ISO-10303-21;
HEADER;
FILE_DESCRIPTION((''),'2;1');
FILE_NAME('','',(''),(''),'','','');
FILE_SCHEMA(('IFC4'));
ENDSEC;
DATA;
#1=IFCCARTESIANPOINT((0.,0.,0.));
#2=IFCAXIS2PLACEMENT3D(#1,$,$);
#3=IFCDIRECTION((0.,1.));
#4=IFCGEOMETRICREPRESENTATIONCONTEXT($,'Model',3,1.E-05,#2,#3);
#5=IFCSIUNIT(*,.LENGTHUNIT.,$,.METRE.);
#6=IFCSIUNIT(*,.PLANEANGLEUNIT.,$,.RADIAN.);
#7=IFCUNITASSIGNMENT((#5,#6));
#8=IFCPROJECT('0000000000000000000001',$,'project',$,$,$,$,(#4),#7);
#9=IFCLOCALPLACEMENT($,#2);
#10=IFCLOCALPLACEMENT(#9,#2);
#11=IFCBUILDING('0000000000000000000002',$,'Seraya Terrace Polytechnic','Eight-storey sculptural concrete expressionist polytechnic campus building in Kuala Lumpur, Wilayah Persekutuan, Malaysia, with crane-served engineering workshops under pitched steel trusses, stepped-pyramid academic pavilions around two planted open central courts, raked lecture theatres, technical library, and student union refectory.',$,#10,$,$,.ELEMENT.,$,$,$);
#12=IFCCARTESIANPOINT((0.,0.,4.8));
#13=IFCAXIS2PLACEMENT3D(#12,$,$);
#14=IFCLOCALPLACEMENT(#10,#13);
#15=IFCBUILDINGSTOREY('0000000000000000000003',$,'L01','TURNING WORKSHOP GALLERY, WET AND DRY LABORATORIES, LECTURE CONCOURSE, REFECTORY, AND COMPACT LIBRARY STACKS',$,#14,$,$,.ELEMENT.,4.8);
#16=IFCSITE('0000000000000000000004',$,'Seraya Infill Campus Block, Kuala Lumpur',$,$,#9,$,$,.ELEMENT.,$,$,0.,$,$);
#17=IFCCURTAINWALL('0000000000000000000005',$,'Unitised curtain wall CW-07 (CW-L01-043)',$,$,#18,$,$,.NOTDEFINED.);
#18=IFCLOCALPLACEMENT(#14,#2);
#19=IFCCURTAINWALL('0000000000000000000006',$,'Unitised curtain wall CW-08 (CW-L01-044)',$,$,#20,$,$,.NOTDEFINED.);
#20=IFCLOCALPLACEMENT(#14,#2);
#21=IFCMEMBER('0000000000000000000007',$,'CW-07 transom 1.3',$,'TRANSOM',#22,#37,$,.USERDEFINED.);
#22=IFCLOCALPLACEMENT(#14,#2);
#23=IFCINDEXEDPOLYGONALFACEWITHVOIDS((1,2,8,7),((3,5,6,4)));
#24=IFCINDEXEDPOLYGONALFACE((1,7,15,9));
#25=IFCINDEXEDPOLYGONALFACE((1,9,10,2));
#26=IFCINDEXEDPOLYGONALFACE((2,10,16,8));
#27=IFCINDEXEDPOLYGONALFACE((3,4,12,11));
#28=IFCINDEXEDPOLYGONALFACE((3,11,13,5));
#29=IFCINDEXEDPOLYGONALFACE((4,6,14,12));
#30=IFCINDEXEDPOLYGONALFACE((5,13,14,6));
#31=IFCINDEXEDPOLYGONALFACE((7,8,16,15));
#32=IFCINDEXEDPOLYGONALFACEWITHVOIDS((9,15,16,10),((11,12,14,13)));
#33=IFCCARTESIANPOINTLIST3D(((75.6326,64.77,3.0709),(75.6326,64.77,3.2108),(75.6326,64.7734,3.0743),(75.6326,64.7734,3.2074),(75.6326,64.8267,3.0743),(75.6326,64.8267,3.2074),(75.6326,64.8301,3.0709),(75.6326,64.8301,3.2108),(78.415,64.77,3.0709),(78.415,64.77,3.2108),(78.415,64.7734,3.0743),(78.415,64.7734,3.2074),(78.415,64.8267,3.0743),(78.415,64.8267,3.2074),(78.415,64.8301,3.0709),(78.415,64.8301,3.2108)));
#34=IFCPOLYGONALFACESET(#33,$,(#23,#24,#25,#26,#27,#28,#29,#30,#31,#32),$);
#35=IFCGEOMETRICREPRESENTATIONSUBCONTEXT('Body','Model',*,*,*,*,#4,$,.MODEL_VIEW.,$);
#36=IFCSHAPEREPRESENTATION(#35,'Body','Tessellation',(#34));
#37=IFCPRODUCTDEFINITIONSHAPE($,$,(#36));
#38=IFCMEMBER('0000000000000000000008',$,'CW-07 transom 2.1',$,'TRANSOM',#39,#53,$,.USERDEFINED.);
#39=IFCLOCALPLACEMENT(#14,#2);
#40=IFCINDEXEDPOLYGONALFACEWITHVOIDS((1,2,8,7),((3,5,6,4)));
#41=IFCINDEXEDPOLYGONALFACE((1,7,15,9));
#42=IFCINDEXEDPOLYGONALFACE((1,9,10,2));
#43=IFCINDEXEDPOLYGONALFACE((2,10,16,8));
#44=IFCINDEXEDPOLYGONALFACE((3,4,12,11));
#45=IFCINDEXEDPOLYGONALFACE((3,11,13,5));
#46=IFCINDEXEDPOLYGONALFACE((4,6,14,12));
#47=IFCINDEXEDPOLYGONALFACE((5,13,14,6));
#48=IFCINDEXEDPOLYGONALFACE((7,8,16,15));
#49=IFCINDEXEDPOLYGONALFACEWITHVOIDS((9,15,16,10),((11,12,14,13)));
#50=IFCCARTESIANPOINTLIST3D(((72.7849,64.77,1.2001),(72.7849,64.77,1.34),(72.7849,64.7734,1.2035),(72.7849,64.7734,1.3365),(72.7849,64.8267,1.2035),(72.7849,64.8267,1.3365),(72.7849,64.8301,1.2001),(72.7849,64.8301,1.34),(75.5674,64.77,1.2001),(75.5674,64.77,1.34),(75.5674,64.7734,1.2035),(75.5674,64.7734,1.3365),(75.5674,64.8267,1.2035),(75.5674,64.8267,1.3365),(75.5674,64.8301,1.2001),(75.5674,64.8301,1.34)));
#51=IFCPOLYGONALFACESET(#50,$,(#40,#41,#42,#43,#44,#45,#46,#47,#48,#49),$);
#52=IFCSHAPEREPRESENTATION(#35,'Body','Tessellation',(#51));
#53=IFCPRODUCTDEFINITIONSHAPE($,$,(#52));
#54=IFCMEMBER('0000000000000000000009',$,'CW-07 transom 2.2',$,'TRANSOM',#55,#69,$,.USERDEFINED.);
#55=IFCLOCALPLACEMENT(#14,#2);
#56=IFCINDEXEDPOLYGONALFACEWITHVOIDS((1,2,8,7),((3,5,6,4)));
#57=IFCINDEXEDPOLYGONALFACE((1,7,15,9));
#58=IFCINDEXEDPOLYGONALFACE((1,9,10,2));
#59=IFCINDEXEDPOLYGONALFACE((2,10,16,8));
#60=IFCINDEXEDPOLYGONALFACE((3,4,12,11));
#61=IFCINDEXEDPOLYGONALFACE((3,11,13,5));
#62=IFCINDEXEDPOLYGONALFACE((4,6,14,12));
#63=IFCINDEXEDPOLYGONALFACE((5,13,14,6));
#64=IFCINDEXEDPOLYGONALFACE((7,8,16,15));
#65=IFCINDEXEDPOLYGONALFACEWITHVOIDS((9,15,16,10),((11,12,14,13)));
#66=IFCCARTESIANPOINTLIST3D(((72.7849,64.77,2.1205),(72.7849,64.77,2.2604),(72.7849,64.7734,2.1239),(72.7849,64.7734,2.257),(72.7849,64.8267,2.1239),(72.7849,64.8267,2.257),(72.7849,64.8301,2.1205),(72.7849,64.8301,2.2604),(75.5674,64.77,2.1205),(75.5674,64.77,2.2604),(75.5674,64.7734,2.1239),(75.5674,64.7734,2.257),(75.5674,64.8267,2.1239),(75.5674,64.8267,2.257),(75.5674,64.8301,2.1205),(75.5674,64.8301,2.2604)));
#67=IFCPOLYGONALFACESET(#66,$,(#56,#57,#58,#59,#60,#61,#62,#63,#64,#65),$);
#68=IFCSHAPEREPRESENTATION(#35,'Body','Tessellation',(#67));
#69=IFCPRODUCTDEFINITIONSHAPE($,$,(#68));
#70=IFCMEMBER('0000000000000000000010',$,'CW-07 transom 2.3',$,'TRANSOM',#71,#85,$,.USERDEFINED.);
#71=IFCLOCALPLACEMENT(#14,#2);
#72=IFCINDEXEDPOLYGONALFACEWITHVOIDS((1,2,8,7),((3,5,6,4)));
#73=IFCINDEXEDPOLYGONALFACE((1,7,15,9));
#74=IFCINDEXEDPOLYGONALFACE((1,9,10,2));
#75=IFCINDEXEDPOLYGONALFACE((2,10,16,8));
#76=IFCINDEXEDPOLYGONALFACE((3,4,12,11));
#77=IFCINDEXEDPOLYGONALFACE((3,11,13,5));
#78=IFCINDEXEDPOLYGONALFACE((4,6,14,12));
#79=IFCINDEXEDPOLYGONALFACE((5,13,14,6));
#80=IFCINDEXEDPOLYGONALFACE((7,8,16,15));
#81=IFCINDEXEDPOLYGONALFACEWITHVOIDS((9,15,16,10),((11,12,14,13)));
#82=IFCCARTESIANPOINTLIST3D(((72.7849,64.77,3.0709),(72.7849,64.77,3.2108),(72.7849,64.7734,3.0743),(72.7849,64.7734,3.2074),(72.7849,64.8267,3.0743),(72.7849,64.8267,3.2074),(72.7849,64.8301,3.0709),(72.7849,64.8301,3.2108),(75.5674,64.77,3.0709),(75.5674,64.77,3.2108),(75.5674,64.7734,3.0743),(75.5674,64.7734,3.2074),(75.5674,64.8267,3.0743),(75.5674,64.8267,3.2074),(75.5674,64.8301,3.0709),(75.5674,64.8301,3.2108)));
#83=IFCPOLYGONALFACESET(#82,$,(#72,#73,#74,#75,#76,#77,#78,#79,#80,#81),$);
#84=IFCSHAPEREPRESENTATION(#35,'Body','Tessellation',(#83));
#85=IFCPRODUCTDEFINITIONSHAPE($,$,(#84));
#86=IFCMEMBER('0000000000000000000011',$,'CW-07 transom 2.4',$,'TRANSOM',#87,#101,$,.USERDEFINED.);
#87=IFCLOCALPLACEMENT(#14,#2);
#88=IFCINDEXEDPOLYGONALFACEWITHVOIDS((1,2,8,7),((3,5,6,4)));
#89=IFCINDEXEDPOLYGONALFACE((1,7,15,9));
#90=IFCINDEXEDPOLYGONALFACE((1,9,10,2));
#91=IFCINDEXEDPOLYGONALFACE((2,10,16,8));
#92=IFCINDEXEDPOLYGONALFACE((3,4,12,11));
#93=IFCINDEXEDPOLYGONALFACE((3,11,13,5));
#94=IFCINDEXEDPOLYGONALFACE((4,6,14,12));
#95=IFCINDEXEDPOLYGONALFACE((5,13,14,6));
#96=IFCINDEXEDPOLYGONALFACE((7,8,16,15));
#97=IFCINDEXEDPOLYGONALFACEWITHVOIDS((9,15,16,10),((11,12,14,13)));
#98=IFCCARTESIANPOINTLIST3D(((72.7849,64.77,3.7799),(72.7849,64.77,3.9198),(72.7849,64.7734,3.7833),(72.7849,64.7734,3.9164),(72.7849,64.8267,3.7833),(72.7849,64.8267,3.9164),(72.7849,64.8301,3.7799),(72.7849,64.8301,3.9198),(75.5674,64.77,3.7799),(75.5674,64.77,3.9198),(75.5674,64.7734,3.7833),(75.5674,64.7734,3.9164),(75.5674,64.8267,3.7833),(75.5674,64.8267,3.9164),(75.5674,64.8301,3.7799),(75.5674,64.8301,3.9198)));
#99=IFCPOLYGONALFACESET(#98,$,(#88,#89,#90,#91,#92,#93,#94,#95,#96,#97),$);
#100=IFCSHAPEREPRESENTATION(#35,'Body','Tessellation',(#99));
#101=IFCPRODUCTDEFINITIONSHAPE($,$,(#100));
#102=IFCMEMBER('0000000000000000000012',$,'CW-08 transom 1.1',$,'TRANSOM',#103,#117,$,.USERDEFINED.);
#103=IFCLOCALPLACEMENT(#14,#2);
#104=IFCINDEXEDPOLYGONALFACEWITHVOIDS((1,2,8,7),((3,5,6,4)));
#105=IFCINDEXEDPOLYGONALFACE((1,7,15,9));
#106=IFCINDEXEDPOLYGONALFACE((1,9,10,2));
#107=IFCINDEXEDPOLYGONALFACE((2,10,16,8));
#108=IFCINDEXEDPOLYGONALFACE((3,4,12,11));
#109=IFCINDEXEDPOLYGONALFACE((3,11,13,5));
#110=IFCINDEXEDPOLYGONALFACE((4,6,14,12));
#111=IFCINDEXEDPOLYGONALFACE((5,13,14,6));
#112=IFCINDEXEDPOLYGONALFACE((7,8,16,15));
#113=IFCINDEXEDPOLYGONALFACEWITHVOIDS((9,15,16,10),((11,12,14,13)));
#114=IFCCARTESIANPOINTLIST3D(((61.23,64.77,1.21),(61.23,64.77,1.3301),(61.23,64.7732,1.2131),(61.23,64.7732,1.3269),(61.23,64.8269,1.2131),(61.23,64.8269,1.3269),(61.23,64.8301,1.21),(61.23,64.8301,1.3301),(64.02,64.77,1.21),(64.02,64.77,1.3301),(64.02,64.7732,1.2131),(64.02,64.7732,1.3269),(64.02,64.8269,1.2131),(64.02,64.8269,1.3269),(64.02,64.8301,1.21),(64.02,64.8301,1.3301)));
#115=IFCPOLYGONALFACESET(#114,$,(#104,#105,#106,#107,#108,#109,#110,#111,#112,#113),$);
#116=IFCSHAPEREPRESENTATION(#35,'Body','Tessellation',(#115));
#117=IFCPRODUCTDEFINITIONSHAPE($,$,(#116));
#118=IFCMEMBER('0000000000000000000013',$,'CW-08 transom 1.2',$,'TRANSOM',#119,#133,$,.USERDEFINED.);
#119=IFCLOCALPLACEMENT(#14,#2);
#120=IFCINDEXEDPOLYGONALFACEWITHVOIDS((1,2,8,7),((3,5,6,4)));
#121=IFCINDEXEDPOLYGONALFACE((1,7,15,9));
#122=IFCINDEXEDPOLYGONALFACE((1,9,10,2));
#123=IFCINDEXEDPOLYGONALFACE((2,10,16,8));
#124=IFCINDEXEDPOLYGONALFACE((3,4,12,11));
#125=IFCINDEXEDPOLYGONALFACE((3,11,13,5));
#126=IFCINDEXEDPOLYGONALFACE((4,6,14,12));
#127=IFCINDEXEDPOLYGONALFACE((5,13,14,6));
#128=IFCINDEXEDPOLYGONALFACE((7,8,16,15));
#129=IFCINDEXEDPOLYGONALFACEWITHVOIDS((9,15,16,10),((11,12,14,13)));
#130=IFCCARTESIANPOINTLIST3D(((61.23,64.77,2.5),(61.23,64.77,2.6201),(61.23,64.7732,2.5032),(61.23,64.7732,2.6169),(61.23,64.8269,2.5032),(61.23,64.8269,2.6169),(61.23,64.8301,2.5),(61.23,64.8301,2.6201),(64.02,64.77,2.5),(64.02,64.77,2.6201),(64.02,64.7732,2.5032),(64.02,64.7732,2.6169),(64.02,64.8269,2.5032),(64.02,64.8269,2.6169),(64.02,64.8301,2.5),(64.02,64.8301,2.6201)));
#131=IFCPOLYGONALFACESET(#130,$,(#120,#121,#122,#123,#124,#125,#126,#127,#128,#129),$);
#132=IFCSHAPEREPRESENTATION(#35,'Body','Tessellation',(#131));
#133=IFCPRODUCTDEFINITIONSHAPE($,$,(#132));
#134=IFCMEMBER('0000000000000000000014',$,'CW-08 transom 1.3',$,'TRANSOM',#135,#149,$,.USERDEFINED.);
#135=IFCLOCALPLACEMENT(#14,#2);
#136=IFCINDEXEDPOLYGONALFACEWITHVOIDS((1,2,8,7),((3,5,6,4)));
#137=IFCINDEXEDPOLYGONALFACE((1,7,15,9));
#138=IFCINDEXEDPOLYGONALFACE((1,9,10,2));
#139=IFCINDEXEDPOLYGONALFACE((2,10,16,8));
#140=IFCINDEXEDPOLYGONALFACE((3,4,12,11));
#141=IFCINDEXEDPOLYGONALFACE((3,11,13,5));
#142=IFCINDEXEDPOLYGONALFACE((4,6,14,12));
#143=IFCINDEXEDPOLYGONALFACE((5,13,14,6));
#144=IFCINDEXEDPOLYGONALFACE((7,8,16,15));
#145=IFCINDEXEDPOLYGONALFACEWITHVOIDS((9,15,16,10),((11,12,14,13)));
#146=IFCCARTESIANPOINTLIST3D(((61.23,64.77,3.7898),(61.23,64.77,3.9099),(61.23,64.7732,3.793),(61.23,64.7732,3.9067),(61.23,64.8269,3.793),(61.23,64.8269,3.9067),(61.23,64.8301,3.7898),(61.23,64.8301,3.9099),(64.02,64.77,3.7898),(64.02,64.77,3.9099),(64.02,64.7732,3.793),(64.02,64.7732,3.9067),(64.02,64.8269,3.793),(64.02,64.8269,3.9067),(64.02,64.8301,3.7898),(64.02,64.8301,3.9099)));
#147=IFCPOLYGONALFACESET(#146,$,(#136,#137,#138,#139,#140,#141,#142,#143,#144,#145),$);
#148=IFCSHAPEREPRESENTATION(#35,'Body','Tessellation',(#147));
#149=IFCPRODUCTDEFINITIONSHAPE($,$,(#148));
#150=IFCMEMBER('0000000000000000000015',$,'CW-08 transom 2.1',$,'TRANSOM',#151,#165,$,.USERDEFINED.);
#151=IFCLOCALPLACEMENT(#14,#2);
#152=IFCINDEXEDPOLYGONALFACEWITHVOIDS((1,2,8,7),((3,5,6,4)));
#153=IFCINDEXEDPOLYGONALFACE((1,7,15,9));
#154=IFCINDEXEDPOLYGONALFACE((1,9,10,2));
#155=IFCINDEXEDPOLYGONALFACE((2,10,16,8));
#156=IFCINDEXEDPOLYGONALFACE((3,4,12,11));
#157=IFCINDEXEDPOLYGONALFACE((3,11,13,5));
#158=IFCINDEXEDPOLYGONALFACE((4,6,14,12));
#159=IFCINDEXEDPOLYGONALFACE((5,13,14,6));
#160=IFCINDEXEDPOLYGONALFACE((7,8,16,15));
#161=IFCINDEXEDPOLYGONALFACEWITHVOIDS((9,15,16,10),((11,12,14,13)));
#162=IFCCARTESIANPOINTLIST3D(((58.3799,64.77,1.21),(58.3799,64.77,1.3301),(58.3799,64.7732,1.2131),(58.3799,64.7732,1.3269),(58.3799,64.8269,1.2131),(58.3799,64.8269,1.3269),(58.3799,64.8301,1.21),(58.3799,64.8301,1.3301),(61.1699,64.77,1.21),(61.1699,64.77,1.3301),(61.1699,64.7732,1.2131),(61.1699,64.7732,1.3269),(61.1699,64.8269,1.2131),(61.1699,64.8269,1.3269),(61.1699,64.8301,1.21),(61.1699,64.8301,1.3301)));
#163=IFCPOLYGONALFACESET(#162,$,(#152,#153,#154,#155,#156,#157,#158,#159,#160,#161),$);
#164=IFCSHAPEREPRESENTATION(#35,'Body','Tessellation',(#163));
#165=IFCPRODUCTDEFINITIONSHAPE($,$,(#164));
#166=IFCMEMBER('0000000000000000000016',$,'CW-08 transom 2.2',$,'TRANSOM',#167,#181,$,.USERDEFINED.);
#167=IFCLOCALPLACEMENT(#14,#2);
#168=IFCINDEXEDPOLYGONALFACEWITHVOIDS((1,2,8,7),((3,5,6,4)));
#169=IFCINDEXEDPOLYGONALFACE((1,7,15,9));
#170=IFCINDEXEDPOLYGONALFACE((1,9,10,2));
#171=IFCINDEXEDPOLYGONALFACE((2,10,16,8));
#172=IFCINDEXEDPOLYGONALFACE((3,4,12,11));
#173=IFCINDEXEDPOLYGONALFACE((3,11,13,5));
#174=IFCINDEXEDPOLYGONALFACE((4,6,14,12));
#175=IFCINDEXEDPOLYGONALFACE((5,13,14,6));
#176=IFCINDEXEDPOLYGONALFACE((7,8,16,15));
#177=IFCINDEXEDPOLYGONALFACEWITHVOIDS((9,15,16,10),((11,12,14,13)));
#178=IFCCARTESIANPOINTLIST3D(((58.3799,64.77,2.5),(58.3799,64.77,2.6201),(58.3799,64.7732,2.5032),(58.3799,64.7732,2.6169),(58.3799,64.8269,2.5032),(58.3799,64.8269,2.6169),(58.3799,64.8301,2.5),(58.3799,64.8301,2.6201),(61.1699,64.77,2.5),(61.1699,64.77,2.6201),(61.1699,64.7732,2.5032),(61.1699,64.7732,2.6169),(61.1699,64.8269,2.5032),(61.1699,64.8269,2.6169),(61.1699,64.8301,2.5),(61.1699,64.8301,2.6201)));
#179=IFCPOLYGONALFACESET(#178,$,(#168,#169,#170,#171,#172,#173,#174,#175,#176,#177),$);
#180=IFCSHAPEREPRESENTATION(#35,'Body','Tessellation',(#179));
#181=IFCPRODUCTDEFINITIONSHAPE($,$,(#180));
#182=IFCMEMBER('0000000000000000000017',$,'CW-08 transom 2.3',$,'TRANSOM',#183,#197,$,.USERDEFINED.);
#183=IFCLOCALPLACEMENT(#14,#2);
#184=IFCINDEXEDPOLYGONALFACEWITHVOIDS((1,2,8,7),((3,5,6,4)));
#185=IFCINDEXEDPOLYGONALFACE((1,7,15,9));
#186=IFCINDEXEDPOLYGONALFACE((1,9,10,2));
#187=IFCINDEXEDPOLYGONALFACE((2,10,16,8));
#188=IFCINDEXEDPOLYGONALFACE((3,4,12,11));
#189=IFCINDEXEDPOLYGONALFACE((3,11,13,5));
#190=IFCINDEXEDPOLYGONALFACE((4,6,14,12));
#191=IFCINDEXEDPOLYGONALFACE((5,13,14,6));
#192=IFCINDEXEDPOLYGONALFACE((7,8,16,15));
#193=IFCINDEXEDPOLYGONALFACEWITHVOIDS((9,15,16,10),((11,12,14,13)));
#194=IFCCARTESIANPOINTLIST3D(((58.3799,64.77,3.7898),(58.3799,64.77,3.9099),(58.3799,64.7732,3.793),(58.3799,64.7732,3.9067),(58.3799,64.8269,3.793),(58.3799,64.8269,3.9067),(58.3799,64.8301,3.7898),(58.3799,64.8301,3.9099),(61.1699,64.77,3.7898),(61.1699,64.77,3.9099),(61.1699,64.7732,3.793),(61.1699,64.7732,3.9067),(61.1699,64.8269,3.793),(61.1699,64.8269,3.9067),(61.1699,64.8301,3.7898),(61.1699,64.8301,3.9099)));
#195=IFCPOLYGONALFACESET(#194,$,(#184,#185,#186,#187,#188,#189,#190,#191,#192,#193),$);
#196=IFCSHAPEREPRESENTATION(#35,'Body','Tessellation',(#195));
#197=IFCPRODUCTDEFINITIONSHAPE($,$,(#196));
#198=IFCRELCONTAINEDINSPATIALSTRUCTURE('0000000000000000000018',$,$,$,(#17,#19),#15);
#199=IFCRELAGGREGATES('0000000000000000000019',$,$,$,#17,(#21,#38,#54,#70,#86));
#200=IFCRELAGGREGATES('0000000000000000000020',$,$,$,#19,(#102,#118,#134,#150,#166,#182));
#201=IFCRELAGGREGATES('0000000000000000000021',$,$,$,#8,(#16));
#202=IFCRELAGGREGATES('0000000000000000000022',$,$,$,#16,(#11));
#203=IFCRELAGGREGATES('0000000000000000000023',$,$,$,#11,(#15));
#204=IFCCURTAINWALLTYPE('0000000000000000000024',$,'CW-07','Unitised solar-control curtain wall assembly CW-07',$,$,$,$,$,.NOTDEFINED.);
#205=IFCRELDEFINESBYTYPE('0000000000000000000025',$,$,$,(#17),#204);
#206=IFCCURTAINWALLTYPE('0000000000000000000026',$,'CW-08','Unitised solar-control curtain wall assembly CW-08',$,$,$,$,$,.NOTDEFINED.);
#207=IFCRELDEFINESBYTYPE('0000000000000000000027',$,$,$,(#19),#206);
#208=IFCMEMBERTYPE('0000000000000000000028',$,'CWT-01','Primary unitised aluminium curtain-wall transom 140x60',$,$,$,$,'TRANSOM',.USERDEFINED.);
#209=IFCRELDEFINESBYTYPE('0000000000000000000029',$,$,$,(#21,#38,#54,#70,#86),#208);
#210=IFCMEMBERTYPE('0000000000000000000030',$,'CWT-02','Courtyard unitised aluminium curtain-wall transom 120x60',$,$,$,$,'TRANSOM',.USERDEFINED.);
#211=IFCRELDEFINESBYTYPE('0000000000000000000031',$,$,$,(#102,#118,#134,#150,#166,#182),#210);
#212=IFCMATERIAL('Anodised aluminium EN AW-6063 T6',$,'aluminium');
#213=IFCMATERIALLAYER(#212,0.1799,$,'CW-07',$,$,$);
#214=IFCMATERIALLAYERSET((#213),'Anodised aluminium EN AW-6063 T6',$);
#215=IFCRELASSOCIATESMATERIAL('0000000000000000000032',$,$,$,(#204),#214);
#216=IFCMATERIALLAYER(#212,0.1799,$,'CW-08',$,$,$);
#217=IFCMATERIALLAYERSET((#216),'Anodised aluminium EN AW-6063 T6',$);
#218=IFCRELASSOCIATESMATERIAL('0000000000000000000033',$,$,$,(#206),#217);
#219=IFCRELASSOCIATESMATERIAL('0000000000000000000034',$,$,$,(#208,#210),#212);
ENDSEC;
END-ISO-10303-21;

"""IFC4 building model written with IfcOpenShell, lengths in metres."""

from ifc_helpers import new_model, si_unit, direction, frame, origin, origin_2d, place, context, subcontext, project, spatial, hollow_rectangle, extrude, material, layer, layer_set, material_profile, profile_set, type_object, element, aggregate, save


model = new_model("IFC4")

# Units and contexts
model_context = context("Model", 3, precision=1e-05, world=origin(), true_north=direction((0.0, 1.0)))
body_context = subcontext(model_context, "Body", "Model", "MODEL_VIEW")
ifc_project = project(units=[si_unit("LENGTHUNIT", "METRE"), si_unit("PLANEANGLEUNIT", "RADIAN")], contexts=[model_context])

# Site, building, storey
site_placement = place(None, origin())
site = spatial("IfcSite", under=ifc_project, at=site_placement, Name="Seraya Infill Campus Block, Kuala Lumpur", CompositionType="ELEMENT", RefElevation=0.0)
building_placement = place(site_placement, origin())
building = spatial("IfcBuilding", under=site, at=building_placement, Name="Seraya Terrace Polytechnic", Description="Eight-storey sculptural concrete expressionist polytechnic campus building in Kuala Lumpur, Wilayah Persekutuan, Malaysia, with crane-served engineering workshops under pitched steel trusses, stepped-pyramid academic pavilions around two planted open central courts, raked lecture theatres, technical library, and student union refectory.", CompositionType="ELEMENT")
storey_placement = place(building_placement, frame((0.0, 0.0, 4.8)))
storey = spatial("IfcBuildingStorey", under=building, at=storey_placement, Name="L01", Description="TURNING WORKSHOP GALLERY, WET AND DRY LABORATORIES, LECTURE CONCOURSE, REFECTORY, AND COMPACT LIBRARY STACKS", CompositionType="ELEMENT", Elevation=4.8)

# Curtain walls
ifc_material_1 = material(Name="Anodised aluminium EN AW-6063 T6", Category="aluminium")
ifc_layer_1 = layer(ifc_material_1, 0.1799, Name="CW-07")
ifc_layer_set_1 = layer_set([ifc_layer_1], Name="Anodised aluminium EN AW-6063 T6")
curtain_wall_type_1 = type_object("IfcCurtainWallType", Name="CW-07", Description="Unitised solar-control curtain wall assembly CW-07", PredefinedType="NOTDEFINED", material=ifc_layer_set_1)
curtain_wall_1_placement = place(storey_placement, origin())
curtain_wall_1 = element("IfcCurtainWall", 1, at=curtain_wall_1_placement, inside=storey, type_object=curtain_wall_type_1, Name="Unitised curtain wall CW-07 (CW-L01-043)", PredefinedType="NOTDEFINED")
ifc_layer_2 = layer(ifc_material_1, 0.1799, Name="CW-08")
ifc_layer_set_2 = layer_set([ifc_layer_2], Name="Anodised aluminium EN AW-6063 T6")
curtain_wall_type_2 = type_object("IfcCurtainWallType", Name="CW-08", Description="Unitised solar-control curtain wall assembly CW-08", PredefinedType="NOTDEFINED", material=ifc_layer_set_2)
curtain_wall_2_placement = place(storey_placement, origin())
curtain_wall_2 = element("IfcCurtainWall", 2, at=curtain_wall_2_placement, inside=storey, type_object=curtain_wall_type_2, Name="Unitised curtain wall CW-08 (CW-L01-044)", PredefinedType="NOTDEFINED")

# Members
ifc_material_profile_1 = material_profile(ifc_material_1, hollow_rectangle(XDim=0.0601, YDim=0.1399, WallThickness=0.0034, at=origin_2d()), Name="RHS 140x60x3.5")
ifc_profile_set_1 = profile_set([ifc_material_profile_1], Name="Anodised aluminium EN AW-6063 T6")
member_type_1 = type_object("IfcMemberType", Name="CWT-01", Description="Primary unitised aluminium curtain-wall transom 140x60", ElementType="TRANSOM", PredefinedType="USERDEFINED", material=ifc_profile_set_1)
member_1_placement = place(storey_placement, frame((78.415, 64.8, 3.1409), z_axis=(-1.0, 0.0, 0.0), x_axis=(0.0, -1.0, 0.0)))
member_1 = element("IfcMember", 3, at=member_1_placement, type_object=member_type_1, Name="CW-07 transom 1.3", ObjectType="TRANSOM", PredefinedType="USERDEFINED", context=body_context, shape_type="SweptSolid", body=[
    extrude(hollow_rectangle(XDim=0.0601, YDim=0.1399, WallThickness=0.0034, at=origin_2d()), origin(), (0.0, 0.0, 1.0), 2.7825),
])
member_2_placement = place(storey_placement, frame((75.5674, 64.8, 1.27), z_axis=(-1.0, 0.0, 0.0), x_axis=(0.0, -1.0, 0.0)))
member_2 = element("IfcMember", 4, at=member_2_placement, type_object=member_type_1, Name="CW-07 transom 2.1", ObjectType="TRANSOM", PredefinedType="USERDEFINED", context=body_context, shape_type="SweptSolid", body=[
    extrude(hollow_rectangle(XDim=0.0601, YDim=0.1399, WallThickness=0.0034, at=origin_2d()), origin(), (0.0, 0.0, 1.0), 2.7825),
])
member_3_placement = place(storey_placement, frame((75.5674, 64.8, 2.1904), z_axis=(-1.0, 0.0, 0.0), x_axis=(0.0, -1.0, 0.0)))
member_3 = element("IfcMember", 5, at=member_3_placement, type_object=member_type_1, Name="CW-07 transom 2.2", ObjectType="TRANSOM", PredefinedType="USERDEFINED", context=body_context, shape_type="SweptSolid", body=[
    extrude(hollow_rectangle(XDim=0.0601, YDim=0.1399, WallThickness=0.0034, at=origin_2d()), origin(), (0.0, 0.0, 1.0), 2.7825),
])
member_4_placement = place(storey_placement, frame((75.5674, 64.8, 3.1409), z_axis=(-1.0, 0.0, 0.0), x_axis=(0.0, -1.0, 0.0)))
member_4 = element("IfcMember", 6, at=member_4_placement, type_object=member_type_1, Name="CW-07 transom 2.3", ObjectType="TRANSOM", PredefinedType="USERDEFINED", context=body_context, shape_type="SweptSolid", body=[
    extrude(hollow_rectangle(XDim=0.0601, YDim=0.1399, WallThickness=0.0034, at=origin_2d()), origin(), (0.0, 0.0, 1.0), 2.7825),
])
member_5_placement = place(storey_placement, frame((75.5674, 64.8, 3.8499), z_axis=(-1.0, 0.0, 0.0), x_axis=(0.0, -1.0, 0.0)))
member_5 = element("IfcMember", 7, at=member_5_placement, type_object=member_type_1, Name="CW-07 transom 2.4", ObjectType="TRANSOM", PredefinedType="USERDEFINED", context=body_context, shape_type="SweptSolid", body=[
    extrude(hollow_rectangle(XDim=0.0601, YDim=0.1399, WallThickness=0.0034, at=origin_2d()), origin(), (0.0, 0.0, 1.0), 2.7825),
])
ifc_material_profile_2 = material_profile(ifc_material_1, hollow_rectangle(XDim=0.0601, YDim=0.1201, WallThickness=0.0032, at=origin_2d()), Name="RHS 120x60x3.2")
ifc_profile_set_2 = profile_set([ifc_material_profile_2], Name="Anodised aluminium EN AW-6063 T6")
member_type_2 = type_object("IfcMemberType", Name="CWT-02", Description="Courtyard unitised aluminium curtain-wall transom 120x60", ElementType="TRANSOM", PredefinedType="USERDEFINED", material=ifc_profile_set_2)
member_6_placement = place(storey_placement, frame((64.02, 64.8, 1.27), z_axis=(-1.0, 0.0, 0.0), x_axis=(0.0, -1.0, 0.0)))
member_6 = element("IfcMember", 8, at=member_6_placement, type_object=member_type_2, Name="CW-08 transom 1.1", ObjectType="TRANSOM", PredefinedType="USERDEFINED", context=body_context, shape_type="SweptSolid", body=[
    extrude(hollow_rectangle(XDim=0.0601, YDim=0.1201, WallThickness=0.0032, at=origin_2d()), origin(), (0.0, 0.0, 1.0), 2.79),
])
member_7_placement = place(storey_placement, frame((64.02, 64.8, 2.5601), z_axis=(-1.0, 0.0, 0.0), x_axis=(0.0, -1.0, 0.0)))
member_7 = element("IfcMember", 9, at=member_7_placement, type_object=member_type_2, Name="CW-08 transom 1.2", ObjectType="TRANSOM", PredefinedType="USERDEFINED", context=body_context, shape_type="SweptSolid", body=[
    extrude(hollow_rectangle(XDim=0.0601, YDim=0.1201, WallThickness=0.0032, at=origin_2d()), origin(), (0.0, 0.0, 1.0), 2.79),
])
member_8_placement = place(storey_placement, frame((64.02, 64.8, 3.8499), z_axis=(-1.0, 0.0, 0.0), x_axis=(0.0, -1.0, 0.0)))
member_8 = element("IfcMember", 10, at=member_8_placement, type_object=member_type_2, Name="CW-08 transom 1.3", ObjectType="TRANSOM", PredefinedType="USERDEFINED", context=body_context, shape_type="SweptSolid", body=[
    extrude(hollow_rectangle(XDim=0.0601, YDim=0.1201, WallThickness=0.0032, at=origin_2d()), origin(), (0.0, 0.0, 1.0), 2.79),
])
member_9_placement = place(storey_placement, frame((61.1699, 64.8, 1.27), z_axis=(-1.0, 0.0, 0.0), x_axis=(0.0, -1.0, 0.0)))
member_9 = element("IfcMember", 11, at=member_9_placement, type_object=member_type_2, Name="CW-08 transom 2.1", ObjectType="TRANSOM", PredefinedType="USERDEFINED", context=body_context, shape_type="SweptSolid", body=[
    extrude(hollow_rectangle(XDim=0.0601, YDim=0.1201, WallThickness=0.0032, at=origin_2d()), origin(), (0.0, 0.0, 1.0), 2.79),
])
member_10_placement = place(storey_placement, frame((61.1699, 64.8, 2.5601), z_axis=(-1.0, 0.0, 0.0), x_axis=(0.0, -1.0, 0.0)))
member_10 = element("IfcMember", 12, at=member_10_placement, type_object=member_type_2, Name="CW-08 transom 2.2", ObjectType="TRANSOM", PredefinedType="USERDEFINED", context=body_context, shape_type="SweptSolid", body=[
    extrude(hollow_rectangle(XDim=0.0601, YDim=0.1201, WallThickness=0.0032, at=origin_2d()), origin(), (0.0, 0.0, 1.0), 2.79),
])
member_11_placement = place(storey_placement, frame((61.1699, 64.8, 3.8499), z_axis=(-1.0, 0.0, 0.0), x_axis=(0.0, -1.0, 0.0)))
member_11 = element("IfcMember", 13, at=member_11_placement, type_object=member_type_2, Name="CW-08 transom 2.3", ObjectType="TRANSOM", PredefinedType="USERDEFINED", context=body_context, shape_type="SweptSolid", body=[
    extrude(hollow_rectangle(XDim=0.0601, YDim=0.1201, WallThickness=0.0032, at=origin_2d()), origin(), (0.0, 0.0, 1.0), 2.79),
])

aggregate(curtain_wall_1, [member_1, member_2, member_3, member_4, member_5])
aggregate(curtain_wall_2, [member_6, member_7, member_8, member_9, member_10, member_11])

save(model, "model.ifc")
